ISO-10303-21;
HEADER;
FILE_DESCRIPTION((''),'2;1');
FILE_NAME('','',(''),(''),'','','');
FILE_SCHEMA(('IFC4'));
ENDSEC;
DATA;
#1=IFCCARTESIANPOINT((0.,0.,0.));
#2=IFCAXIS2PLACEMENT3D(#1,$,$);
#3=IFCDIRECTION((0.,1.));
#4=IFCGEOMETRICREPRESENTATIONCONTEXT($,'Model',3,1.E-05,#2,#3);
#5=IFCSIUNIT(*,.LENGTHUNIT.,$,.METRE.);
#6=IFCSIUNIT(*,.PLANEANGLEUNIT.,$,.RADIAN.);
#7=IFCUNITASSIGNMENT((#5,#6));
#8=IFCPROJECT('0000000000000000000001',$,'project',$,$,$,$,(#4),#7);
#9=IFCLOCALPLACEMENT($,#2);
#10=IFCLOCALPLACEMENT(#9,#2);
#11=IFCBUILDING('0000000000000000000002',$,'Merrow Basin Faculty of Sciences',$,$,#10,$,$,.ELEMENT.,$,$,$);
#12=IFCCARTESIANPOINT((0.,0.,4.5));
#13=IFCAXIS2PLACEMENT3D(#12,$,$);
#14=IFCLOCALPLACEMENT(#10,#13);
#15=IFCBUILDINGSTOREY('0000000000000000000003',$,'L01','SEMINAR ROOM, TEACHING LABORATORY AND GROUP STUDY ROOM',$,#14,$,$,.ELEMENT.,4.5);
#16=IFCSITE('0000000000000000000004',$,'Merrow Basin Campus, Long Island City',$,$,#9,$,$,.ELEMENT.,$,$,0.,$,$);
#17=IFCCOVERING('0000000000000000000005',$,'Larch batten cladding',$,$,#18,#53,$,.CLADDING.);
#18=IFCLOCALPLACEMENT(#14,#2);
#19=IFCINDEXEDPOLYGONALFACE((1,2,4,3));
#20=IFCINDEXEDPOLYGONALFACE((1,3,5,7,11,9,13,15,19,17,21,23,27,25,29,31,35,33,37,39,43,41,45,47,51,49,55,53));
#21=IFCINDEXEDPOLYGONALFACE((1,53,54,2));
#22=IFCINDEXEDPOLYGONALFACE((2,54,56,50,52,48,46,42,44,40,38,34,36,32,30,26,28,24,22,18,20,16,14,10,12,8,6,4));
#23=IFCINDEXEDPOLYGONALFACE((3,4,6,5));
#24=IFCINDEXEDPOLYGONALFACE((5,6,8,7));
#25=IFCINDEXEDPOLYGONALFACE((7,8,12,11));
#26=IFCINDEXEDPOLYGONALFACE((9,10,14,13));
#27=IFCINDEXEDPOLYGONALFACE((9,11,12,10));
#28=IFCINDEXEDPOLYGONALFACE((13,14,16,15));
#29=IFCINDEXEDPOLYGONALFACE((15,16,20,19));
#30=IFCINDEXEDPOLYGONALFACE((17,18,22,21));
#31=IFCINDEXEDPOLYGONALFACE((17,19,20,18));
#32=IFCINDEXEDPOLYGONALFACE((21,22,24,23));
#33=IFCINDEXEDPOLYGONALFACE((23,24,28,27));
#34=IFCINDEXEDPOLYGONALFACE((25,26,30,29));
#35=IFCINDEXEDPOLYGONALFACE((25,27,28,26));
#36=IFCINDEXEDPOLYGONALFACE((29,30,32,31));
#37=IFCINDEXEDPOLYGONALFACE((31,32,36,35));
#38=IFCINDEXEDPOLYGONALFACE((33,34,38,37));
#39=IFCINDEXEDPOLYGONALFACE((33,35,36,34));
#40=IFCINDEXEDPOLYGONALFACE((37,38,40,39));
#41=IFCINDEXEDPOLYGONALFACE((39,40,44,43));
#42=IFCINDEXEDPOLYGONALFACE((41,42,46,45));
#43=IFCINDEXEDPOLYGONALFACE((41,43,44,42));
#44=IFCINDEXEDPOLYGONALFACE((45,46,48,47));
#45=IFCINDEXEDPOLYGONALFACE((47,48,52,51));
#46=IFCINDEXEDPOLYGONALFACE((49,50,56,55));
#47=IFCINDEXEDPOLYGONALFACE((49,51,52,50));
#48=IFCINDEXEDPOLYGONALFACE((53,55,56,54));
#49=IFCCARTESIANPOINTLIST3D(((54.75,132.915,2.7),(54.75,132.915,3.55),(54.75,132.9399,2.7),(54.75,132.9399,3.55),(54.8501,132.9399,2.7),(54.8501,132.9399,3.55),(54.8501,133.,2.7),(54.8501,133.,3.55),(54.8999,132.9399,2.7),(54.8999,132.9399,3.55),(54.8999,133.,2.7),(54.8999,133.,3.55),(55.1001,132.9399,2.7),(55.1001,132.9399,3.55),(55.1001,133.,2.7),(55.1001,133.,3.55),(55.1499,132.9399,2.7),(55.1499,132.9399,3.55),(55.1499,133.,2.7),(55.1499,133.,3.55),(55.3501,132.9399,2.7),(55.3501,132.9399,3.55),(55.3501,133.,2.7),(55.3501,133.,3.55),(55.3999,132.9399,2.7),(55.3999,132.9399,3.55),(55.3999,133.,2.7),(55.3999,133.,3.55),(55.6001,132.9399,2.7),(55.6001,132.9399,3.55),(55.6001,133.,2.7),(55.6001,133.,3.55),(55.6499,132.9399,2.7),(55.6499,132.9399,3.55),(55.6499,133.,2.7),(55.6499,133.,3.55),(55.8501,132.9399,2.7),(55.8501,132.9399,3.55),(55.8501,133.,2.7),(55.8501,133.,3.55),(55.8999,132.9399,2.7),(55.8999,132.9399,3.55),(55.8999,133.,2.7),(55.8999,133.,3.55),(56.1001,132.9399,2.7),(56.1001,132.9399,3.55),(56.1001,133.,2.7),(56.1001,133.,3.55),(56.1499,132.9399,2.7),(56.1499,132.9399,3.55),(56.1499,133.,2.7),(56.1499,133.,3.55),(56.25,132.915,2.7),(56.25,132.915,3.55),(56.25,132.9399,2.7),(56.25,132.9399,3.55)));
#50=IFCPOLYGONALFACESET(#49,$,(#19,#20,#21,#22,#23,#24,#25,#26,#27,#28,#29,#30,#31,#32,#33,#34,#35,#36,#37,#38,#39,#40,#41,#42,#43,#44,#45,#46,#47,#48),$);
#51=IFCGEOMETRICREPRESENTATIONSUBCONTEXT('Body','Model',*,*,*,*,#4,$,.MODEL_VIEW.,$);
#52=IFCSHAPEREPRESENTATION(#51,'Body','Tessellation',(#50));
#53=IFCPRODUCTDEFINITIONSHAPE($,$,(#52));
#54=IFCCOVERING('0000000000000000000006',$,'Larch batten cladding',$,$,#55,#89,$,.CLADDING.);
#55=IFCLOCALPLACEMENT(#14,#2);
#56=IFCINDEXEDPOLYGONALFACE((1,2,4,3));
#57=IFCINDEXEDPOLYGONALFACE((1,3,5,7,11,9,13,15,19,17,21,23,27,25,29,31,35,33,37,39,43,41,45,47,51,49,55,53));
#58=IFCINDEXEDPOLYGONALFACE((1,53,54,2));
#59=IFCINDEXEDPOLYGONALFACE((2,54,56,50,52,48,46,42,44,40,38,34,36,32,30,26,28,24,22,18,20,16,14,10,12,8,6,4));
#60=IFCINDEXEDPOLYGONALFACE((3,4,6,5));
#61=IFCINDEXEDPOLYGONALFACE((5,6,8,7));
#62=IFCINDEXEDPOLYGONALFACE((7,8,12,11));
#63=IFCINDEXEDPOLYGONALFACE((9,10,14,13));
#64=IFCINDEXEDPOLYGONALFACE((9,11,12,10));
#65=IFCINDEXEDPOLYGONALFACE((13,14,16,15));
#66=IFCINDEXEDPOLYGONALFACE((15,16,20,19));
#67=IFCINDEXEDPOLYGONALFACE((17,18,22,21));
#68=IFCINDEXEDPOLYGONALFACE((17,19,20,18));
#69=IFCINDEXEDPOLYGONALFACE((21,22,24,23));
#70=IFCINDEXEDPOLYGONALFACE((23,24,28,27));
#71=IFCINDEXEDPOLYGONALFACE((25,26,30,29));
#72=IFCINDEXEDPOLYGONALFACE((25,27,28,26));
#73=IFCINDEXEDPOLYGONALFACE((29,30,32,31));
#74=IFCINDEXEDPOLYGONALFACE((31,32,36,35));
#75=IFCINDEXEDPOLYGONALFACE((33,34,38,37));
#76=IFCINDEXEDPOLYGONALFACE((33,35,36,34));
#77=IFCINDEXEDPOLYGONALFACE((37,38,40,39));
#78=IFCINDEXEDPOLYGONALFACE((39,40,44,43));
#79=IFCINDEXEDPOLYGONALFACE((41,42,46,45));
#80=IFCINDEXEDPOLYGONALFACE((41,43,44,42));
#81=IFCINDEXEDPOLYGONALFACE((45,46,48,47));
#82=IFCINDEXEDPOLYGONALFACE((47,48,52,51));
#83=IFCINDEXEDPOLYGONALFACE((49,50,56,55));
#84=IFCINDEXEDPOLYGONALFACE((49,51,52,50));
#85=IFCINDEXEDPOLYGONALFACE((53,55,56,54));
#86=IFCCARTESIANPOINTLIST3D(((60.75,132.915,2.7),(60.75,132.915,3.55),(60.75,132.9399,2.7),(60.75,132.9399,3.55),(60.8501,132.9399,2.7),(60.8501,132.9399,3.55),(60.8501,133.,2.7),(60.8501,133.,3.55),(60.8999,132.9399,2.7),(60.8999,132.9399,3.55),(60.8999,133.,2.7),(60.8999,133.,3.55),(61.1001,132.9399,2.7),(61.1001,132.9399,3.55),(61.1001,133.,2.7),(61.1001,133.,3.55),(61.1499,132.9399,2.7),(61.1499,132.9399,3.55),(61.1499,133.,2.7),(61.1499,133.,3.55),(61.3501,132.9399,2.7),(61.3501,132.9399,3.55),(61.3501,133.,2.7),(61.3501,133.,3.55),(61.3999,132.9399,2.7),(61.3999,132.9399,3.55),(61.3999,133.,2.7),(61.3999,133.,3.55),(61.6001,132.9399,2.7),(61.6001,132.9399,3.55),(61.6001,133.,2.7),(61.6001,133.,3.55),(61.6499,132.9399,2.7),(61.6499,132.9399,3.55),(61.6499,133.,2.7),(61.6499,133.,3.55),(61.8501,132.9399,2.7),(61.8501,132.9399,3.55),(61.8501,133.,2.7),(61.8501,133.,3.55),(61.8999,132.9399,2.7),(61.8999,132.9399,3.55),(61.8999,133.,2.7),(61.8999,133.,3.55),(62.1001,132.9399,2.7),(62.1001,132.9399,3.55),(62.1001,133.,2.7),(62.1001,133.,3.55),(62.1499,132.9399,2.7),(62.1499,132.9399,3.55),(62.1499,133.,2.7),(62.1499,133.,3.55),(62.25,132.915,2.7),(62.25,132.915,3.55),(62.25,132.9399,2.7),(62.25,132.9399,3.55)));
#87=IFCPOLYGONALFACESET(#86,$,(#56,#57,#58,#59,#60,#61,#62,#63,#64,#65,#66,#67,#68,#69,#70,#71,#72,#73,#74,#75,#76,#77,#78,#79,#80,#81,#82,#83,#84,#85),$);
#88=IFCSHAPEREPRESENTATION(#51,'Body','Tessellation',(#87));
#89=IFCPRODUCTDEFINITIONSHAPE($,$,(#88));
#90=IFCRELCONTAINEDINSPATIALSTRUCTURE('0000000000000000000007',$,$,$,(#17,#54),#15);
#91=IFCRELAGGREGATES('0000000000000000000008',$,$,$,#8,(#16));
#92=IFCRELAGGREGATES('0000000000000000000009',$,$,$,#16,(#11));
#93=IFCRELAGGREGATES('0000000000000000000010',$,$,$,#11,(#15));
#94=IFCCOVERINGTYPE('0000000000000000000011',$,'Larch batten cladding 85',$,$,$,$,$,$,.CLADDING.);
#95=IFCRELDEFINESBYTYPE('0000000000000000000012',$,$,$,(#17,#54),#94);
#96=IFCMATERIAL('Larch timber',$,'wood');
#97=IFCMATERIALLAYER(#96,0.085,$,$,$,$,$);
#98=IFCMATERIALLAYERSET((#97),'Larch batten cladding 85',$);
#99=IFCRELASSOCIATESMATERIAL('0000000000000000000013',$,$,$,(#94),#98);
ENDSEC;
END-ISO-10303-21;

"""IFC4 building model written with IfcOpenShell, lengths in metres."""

from ifc_helpers import new_model, si_unit, direction, frame, origin, place, context, subcontext, project, spatial, polyline, outline, extrude, source, transform, mapped, material, layer, layer_set, type_object, element, save


model = new_model("IFC4")

# Units and contexts
model_context = context("Model", 3, precision=1e-05, world=origin(), true_north=direction((0.0, 1.0)))
body_context = subcontext(model_context, "Body", "Model", "MODEL_VIEW")
ifc_project = project(units=[si_unit("LENGTHUNIT", "METRE"), si_unit("PLANEANGLEUNIT", "RADIAN")], contexts=[model_context])

# Site, building, storey
site_placement = place(None, origin())
site = spatial("IfcSite", under=ifc_project, at=site_placement, Name="Merrow Basin Campus, Long Island City", CompositionType="ELEMENT", RefElevation=0.0)
building_placement = place(site_placement, origin())
building = spatial("IfcBuilding", under=site, at=building_placement, Name="Merrow Basin Faculty of Sciences", CompositionType="ELEMENT")
storey_placement = place(building_placement, frame((0.0, 0.0, 4.5)))
storey = spatial("IfcBuildingStorey", under=building, at=storey_placement, Name="L01", Description="SEMINAR ROOM, TEACHING LABORATORY AND GROUP STUDY ROOM", CompositionType="ELEMENT", Elevation=4.5)

# Coverings
ifc_material_1 = material(Name="Larch timber", Category="wood")
ifc_layer_1 = layer(ifc_material_1, 0.085)
ifc_layer_set_1 = layer_set([ifc_layer_1], Name="Larch batten cladding 85")
covering_type_1 = type_object("IfcCoveringType", Name="Larch batten cladding 85", PredefinedType="CLADDING", material=ifc_layer_set_1)
shared_shape_1 = source(origin(), body_context, "Body", "SweptSolid", [
    extrude(outline(polyline([(0.0, 0.0), (1.5, 0.0), (1.5, 0.0249), (1.3999, 0.0249), (1.3999, 0.085), (1.3501, 0.085), (1.3501, 0.0249), (1.1499, 0.0249), (1.1499, 0.085), (1.1001, 0.085), (1.1001, 0.0249), (0.8999, 0.0249), (0.8999, 0.085), (0.8501, 0.085), (0.8501, 0.0249), (0.6499, 0.0249), (0.6499, 0.085), (0.6001, 0.085), (0.6001, 0.0249), (0.3999, 0.0249), (0.3999, 0.085), (0.3501, 0.085), (0.3501, 0.0249), (0.1499, 0.0249), (0.1499, 0.085), (0.1001, 0.085), (0.1001, 0.0249), (0.0, 0.0249), (0.0, 0.0)])), origin(), (0.0, 0.0, 1.0), 0.8501),
])
for number, where, z_axis, x_axis, name in (
    (1, (54.75, 132.915, 2.7), (0.0, 0.0, 1.0), (1.0, 0.0, 0.0), "Larch batten cladding"),
    (2, (60.75, 132.915, 2.7), (0.0, 0.0, 1.0), (1.0, 0.0, 0.0), "Larch batten cladding"),
):
    element("IfcCovering", number, at=place(storey_placement, frame(where, z_axis=z_axis, x_axis=x_axis)), inside=storey, type_object=covering_type_1, Name=name, PredefinedType="CLADDING", context=body_context, shape_type="MappedRepresentation", body=[
        mapped(shared_shape_1, transform((0.0, 0.0, 0.0), scale=1.0)),
    ])

save(model, "model.ifc")
